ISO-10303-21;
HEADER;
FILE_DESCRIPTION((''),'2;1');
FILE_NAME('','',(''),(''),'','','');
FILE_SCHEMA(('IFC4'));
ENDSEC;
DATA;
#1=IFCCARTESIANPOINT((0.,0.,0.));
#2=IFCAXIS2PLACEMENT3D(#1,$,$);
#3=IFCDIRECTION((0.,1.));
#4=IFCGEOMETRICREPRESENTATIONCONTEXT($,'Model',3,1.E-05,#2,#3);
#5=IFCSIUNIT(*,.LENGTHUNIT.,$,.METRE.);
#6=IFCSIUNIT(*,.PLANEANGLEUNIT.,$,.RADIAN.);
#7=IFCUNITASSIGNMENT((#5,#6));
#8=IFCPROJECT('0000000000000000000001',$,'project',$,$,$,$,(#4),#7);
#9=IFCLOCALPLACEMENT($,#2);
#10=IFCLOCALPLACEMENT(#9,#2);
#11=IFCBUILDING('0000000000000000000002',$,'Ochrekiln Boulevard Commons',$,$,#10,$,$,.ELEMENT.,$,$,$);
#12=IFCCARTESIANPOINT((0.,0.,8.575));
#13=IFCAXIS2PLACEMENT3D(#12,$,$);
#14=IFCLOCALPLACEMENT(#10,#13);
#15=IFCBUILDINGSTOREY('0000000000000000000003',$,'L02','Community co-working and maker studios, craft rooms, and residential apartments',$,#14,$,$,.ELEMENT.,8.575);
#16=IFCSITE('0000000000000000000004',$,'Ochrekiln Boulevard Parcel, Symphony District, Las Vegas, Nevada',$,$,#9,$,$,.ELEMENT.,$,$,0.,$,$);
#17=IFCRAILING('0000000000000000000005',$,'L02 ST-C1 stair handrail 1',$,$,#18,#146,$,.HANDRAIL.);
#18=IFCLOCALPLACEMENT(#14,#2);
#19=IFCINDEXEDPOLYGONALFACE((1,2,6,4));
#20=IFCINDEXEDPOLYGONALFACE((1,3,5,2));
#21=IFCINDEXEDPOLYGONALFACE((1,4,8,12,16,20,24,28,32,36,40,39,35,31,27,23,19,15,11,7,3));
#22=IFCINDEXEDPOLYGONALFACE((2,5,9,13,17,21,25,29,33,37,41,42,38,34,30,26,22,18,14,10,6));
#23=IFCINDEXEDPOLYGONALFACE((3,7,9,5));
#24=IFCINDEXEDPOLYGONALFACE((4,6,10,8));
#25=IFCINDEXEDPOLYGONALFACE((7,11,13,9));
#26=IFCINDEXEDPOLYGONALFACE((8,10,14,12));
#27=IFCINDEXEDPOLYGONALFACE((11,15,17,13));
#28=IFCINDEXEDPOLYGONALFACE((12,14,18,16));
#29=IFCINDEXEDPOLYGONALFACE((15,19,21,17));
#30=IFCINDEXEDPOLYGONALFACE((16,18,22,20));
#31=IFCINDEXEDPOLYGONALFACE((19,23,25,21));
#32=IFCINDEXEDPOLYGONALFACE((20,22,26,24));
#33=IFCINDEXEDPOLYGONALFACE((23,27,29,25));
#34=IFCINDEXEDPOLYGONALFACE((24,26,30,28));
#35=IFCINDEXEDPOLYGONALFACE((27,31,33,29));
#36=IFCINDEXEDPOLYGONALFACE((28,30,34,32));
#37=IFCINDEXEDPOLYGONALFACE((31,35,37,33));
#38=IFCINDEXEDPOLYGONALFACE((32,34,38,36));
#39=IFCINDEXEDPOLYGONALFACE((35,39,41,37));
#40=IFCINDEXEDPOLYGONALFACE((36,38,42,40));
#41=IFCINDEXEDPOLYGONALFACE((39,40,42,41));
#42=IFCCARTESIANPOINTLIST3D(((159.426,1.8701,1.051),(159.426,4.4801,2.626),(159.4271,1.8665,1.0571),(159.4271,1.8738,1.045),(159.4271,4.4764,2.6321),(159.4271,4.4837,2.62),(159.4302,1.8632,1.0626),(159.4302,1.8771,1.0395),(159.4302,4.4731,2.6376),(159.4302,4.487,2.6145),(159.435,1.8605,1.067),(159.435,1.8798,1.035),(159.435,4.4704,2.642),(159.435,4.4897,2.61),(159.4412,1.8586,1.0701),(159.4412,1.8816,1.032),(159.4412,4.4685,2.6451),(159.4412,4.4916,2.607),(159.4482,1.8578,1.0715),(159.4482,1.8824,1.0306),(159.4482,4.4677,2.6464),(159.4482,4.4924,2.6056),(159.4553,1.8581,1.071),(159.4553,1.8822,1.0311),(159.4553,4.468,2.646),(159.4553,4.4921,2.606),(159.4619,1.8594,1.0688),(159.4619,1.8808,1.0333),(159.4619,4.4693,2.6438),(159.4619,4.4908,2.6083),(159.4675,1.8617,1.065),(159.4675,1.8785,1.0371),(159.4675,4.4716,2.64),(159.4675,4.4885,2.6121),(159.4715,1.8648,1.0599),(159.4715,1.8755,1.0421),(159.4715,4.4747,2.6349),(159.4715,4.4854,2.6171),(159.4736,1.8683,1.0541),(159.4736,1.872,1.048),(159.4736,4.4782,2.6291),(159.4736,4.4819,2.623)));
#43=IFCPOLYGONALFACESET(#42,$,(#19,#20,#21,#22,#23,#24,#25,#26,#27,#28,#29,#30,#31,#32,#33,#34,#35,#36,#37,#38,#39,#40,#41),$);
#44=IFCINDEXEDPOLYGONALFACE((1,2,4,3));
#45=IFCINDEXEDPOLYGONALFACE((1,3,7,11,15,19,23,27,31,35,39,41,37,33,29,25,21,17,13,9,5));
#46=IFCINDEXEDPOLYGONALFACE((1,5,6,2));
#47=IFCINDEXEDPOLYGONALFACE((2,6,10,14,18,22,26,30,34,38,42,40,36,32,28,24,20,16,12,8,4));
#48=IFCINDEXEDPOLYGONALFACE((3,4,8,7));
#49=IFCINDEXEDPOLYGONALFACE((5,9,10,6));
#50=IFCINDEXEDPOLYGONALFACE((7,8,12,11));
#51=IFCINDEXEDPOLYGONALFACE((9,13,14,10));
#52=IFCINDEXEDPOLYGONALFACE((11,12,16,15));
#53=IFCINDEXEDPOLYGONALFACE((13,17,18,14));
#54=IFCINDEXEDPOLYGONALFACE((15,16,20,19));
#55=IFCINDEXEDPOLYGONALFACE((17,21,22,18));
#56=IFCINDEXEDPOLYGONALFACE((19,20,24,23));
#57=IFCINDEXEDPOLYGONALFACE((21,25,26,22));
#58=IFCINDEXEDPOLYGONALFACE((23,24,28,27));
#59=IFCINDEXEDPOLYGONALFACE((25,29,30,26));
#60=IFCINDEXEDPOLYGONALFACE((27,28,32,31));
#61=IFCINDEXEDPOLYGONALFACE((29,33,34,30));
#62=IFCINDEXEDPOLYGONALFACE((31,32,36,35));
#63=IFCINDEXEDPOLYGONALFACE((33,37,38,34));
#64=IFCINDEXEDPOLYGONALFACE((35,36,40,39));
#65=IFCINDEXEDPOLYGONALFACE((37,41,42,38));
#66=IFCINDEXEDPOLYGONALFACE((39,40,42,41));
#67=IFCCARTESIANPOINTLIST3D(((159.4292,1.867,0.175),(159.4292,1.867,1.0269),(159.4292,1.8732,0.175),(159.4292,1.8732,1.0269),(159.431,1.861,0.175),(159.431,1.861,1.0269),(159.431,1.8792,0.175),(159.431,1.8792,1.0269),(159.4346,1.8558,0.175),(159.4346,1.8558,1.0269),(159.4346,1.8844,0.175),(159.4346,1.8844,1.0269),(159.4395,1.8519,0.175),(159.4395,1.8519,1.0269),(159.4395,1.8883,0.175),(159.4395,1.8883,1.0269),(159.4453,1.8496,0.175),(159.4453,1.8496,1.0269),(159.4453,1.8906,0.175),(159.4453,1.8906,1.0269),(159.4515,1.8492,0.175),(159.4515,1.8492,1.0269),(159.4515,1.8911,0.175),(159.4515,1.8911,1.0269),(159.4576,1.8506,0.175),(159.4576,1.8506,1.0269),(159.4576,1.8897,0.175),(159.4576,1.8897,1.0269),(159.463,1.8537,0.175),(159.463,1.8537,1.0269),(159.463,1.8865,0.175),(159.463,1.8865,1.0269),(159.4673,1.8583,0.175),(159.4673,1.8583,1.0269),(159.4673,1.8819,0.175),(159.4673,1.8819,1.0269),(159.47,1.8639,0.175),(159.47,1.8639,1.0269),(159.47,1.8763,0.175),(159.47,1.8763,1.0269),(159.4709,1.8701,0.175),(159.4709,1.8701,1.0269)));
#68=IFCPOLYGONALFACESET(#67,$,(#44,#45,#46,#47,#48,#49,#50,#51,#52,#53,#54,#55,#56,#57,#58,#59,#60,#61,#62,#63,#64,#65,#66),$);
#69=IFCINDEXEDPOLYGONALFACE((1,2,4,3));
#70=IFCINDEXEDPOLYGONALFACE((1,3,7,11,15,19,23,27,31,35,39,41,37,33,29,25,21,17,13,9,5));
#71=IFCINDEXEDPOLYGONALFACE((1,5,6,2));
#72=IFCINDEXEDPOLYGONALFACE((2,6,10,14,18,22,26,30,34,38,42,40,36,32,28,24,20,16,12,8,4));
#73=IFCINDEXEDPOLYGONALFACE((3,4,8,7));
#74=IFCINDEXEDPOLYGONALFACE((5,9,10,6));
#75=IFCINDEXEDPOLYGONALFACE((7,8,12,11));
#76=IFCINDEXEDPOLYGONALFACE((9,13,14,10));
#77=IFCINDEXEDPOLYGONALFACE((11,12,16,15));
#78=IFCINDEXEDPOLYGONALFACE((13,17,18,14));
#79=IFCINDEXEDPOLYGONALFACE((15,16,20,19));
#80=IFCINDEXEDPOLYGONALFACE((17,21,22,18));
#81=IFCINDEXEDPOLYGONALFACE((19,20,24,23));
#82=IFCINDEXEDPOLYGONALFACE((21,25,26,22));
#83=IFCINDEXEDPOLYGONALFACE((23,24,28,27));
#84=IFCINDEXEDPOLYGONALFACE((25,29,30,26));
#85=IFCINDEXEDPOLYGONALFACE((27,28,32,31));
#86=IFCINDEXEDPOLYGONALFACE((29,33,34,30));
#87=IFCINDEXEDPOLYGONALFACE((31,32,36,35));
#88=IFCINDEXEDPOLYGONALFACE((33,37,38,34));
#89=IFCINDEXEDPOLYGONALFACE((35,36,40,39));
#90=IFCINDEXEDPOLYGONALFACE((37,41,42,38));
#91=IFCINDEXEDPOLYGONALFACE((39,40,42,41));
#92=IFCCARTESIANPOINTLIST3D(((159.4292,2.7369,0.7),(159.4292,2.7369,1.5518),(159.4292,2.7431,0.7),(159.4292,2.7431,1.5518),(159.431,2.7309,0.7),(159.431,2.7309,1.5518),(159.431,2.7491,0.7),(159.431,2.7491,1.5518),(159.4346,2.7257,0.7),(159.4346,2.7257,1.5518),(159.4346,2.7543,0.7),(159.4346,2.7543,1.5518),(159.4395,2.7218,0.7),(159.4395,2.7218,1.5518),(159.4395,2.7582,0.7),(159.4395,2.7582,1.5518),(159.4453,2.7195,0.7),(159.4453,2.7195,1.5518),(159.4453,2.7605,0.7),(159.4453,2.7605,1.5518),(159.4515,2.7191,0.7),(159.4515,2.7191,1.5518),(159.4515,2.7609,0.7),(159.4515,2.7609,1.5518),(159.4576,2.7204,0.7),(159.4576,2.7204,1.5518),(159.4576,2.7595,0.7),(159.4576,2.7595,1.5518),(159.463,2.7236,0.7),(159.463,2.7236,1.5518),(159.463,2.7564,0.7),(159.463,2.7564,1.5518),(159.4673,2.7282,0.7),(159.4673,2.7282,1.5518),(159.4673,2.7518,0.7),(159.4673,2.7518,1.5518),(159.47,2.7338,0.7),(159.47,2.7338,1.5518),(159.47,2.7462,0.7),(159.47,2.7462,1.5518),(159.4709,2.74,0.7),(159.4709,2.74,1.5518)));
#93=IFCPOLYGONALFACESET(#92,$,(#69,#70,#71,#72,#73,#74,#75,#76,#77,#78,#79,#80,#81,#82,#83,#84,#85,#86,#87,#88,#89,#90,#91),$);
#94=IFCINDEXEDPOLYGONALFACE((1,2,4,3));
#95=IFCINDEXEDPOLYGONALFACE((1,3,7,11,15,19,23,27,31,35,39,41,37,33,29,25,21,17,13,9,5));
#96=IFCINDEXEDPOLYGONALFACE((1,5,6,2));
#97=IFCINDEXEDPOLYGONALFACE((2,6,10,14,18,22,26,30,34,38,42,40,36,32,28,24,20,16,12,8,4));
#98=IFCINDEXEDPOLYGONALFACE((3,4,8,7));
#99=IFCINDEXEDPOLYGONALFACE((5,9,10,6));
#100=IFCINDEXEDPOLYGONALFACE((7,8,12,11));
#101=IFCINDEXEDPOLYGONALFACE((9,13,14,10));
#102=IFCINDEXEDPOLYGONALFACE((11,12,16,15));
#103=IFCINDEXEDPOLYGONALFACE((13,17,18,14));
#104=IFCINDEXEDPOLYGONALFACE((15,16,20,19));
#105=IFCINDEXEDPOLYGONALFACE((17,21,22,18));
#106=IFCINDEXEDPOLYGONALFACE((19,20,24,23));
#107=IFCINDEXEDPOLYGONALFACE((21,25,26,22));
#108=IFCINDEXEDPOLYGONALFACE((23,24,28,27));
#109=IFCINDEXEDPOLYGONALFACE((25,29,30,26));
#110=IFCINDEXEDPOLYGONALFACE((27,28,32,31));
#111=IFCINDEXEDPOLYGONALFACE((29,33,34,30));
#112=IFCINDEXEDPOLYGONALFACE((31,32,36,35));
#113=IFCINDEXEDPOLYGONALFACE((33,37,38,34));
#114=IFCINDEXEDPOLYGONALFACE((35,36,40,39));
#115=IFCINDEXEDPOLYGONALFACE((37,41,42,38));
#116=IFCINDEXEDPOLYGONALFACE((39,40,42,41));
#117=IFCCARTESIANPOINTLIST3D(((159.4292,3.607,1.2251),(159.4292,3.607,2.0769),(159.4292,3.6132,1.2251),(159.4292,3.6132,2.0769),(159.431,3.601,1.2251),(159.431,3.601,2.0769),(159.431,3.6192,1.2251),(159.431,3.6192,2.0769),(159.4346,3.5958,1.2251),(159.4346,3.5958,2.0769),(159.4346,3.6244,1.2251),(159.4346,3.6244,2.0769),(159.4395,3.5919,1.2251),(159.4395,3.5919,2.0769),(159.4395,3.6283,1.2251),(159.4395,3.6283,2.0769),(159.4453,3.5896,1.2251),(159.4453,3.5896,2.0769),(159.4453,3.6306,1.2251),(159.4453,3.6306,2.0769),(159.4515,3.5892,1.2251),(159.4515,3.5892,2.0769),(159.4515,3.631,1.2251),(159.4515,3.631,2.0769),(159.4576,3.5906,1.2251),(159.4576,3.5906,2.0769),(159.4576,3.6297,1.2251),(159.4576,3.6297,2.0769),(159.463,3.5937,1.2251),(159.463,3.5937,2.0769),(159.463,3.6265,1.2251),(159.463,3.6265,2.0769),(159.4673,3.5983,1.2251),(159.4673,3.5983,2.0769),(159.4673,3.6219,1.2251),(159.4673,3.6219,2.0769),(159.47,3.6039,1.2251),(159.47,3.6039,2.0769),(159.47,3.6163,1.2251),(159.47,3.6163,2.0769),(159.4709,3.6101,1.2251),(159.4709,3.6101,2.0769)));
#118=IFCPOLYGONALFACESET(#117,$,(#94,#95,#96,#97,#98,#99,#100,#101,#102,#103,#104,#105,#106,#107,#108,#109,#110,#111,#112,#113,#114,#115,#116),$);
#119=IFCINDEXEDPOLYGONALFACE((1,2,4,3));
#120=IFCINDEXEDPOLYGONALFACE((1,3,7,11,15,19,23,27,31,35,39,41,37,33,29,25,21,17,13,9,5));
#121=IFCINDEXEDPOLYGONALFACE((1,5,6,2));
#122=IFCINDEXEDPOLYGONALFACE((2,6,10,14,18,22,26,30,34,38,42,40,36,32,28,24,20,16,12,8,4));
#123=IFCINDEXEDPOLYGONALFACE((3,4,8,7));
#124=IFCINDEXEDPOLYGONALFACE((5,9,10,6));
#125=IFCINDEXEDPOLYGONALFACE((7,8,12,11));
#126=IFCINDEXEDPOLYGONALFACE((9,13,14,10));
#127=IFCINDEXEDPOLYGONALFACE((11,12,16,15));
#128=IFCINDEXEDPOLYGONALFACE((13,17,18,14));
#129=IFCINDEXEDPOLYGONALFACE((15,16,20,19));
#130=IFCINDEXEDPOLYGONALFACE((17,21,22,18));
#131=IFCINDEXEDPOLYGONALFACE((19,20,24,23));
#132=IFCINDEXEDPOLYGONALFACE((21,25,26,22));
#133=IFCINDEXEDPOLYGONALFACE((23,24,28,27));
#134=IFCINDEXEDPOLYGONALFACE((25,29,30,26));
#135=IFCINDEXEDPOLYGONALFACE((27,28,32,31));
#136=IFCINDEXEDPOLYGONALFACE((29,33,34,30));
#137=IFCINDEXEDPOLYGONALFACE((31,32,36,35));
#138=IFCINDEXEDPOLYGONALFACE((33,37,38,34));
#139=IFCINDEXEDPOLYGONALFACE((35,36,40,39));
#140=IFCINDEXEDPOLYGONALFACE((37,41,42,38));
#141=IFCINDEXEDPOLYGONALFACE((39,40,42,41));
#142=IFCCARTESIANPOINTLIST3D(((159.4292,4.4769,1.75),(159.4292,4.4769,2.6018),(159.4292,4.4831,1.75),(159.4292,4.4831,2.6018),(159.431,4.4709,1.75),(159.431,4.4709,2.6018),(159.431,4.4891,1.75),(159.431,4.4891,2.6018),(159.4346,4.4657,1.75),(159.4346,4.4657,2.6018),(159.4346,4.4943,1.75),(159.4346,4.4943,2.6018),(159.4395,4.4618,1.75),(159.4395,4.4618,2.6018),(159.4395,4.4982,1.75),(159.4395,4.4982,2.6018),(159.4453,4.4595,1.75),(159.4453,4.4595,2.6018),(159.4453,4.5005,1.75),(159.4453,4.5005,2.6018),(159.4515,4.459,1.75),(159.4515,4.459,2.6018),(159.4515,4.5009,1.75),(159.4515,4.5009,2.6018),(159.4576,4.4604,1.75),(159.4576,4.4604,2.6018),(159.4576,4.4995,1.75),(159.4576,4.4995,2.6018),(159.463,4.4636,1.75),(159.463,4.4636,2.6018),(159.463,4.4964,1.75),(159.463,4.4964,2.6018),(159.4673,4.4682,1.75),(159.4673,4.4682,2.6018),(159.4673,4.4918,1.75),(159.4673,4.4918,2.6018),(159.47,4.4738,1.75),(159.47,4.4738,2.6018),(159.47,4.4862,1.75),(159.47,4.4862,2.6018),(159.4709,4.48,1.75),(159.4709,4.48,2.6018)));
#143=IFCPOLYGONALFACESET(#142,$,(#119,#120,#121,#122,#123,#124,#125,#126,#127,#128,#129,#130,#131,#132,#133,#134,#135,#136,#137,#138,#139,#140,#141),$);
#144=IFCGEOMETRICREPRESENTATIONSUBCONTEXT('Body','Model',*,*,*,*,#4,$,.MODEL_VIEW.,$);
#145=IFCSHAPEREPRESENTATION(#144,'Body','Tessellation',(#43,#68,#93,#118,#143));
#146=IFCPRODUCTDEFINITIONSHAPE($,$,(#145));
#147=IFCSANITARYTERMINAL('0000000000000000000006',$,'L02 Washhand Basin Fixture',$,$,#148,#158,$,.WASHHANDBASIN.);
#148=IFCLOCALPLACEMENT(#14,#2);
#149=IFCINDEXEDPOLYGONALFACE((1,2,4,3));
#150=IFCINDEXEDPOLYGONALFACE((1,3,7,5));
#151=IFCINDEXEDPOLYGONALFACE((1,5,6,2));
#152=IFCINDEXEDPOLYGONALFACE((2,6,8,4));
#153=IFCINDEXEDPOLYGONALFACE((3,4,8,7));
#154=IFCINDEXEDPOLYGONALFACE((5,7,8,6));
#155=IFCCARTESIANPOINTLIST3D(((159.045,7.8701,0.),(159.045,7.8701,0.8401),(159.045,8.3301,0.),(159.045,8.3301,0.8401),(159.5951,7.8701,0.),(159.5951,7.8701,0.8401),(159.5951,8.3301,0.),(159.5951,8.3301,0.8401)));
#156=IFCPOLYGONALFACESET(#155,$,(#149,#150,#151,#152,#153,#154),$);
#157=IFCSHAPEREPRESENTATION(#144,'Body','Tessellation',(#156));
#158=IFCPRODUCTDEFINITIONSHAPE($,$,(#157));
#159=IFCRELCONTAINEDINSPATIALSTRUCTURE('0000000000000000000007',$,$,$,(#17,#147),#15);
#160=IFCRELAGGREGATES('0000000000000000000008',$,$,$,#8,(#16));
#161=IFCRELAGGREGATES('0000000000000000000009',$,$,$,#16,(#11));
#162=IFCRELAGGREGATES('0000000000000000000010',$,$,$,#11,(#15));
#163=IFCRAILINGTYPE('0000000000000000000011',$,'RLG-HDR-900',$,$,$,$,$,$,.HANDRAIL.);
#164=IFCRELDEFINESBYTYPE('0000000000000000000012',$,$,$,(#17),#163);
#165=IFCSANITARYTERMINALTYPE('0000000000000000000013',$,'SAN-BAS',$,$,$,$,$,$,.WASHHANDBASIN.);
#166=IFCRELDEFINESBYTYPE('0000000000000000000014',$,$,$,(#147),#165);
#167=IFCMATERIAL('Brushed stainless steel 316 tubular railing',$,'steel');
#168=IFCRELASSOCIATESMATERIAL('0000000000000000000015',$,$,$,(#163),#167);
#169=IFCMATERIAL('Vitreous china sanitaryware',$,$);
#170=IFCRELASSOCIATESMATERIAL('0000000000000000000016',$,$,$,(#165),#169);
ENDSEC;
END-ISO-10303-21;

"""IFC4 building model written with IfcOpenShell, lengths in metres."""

from ifc_helpers import new_model, si_unit, direction, frame, origin, origin_2d, place, context, subcontext, project, spatial, rectangle, circle, extrude, material, type_object, element, save


model = new_model("IFC4")

# Units and contexts
model_context = context("Model", 3, precision=1e-05, world=origin(), true_north=direction((0.0, 1.0)))
body_context = subcontext(model_context, "Body", "Model", "MODEL_VIEW")
ifc_project = project(units=[si_unit("LENGTHUNIT", "METRE"), si_unit("PLANEANGLEUNIT", "RADIAN")], contexts=[model_context])

# Site, building, storey
site_placement = place(None, origin())
site = spatial("IfcSite", under=ifc_project, at=site_placement, Name="Ochrekiln Boulevard Parcel, Symphony District, Las Vegas, Nevada", CompositionType="ELEMENT", RefElevation=0.0)
building_placement = place(site_placement, origin())
building = spatial("IfcBuilding", under=site, at=building_placement, Name="Ochrekiln Boulevard Commons", CompositionType="ELEMENT")
storey_placement = place(building_placement, frame((0.0, 0.0, 8.575)))
storey = spatial("IfcBuildingStorey", under=building, at=storey_placement, Name="L02", Description="Community co-working and maker studios, craft rooms, and residential apartments", CompositionType="ELEMENT", Elevation=8.575)

# Railing
ifc_material_1 = material(Name="Brushed stainless steel 316 tubular railing", Category="steel")
railing_type = type_object("IfcRailingType", Name="RLG-HDR-900", PredefinedType="HANDRAIL", material=ifc_material_1)
railing_placement = place(storey_placement, frame((159.45, 1.8701, 0.175)))
element("IfcRailing", 1, at=railing_placement, inside=storey, type_object=railing_type, Name="L02 ST-C1 stair handrail 1", PredefinedType="HANDRAIL", context=body_context, shape_type="SweptSolid", body=[
    extrude(circle(Radius=0.0239, at=origin_2d()), frame((0.0, 0.0, 0.876), z_axis=(0.0, 0.856183, 0.516673), x_axis=(-1.0, 0.0, 0.0)), (0.0, 0.0, 1.0), 3.0483),
    extrude(circle(Radius=0.021, at=origin_2d()), origin(), (0.0, 0.0, 1.0), 0.8518),
    extrude(circle(Radius=0.021, at=origin_2d()), frame((0.0, 0.8699, 0.5249)), (0.0, 0.0, 1.0), 0.8518),
    extrude(circle(Radius=0.021, at=origin_2d()), frame((0.0, 1.74, 1.05)), (0.0, 0.0, 1.0), 0.8518),
    extrude(circle(Radius=0.021, at=origin_2d()), frame((0.0, 2.6099, 1.575)), (0.0, 0.0, 1.0), 0.8518),
])

# Sanitary terminal
ifc_material_2 = material(Name="Vitreous china sanitaryware")
sanitary_terminal_type = type_object("IfcSanitaryTerminalType", Name="SAN-BAS", PredefinedType="WASHHANDBASIN", material=ifc_material_2)
sanitary_terminal_placement = place(storey_placement, frame((159.3201, 8.1001, 0.0), z_axis=(0.0, 0.0, 1.0), x_axis=(1.0, 0.0, 0.0)))
element("IfcSanitaryTerminal", 2, at=sanitary_terminal_placement, inside=storey, type_object=sanitary_terminal_type, Name="L02 Washhand Basin Fixture", PredefinedType="WASHHANDBASIN", context=body_context, shape_type="SweptSolid", body=[
    extrude(rectangle(XDim=0.55, YDim=0.46, at=origin_2d()), origin(), (0.0, 0.0, 1.0), 0.8401),
])

save(model, "model.ifc")
